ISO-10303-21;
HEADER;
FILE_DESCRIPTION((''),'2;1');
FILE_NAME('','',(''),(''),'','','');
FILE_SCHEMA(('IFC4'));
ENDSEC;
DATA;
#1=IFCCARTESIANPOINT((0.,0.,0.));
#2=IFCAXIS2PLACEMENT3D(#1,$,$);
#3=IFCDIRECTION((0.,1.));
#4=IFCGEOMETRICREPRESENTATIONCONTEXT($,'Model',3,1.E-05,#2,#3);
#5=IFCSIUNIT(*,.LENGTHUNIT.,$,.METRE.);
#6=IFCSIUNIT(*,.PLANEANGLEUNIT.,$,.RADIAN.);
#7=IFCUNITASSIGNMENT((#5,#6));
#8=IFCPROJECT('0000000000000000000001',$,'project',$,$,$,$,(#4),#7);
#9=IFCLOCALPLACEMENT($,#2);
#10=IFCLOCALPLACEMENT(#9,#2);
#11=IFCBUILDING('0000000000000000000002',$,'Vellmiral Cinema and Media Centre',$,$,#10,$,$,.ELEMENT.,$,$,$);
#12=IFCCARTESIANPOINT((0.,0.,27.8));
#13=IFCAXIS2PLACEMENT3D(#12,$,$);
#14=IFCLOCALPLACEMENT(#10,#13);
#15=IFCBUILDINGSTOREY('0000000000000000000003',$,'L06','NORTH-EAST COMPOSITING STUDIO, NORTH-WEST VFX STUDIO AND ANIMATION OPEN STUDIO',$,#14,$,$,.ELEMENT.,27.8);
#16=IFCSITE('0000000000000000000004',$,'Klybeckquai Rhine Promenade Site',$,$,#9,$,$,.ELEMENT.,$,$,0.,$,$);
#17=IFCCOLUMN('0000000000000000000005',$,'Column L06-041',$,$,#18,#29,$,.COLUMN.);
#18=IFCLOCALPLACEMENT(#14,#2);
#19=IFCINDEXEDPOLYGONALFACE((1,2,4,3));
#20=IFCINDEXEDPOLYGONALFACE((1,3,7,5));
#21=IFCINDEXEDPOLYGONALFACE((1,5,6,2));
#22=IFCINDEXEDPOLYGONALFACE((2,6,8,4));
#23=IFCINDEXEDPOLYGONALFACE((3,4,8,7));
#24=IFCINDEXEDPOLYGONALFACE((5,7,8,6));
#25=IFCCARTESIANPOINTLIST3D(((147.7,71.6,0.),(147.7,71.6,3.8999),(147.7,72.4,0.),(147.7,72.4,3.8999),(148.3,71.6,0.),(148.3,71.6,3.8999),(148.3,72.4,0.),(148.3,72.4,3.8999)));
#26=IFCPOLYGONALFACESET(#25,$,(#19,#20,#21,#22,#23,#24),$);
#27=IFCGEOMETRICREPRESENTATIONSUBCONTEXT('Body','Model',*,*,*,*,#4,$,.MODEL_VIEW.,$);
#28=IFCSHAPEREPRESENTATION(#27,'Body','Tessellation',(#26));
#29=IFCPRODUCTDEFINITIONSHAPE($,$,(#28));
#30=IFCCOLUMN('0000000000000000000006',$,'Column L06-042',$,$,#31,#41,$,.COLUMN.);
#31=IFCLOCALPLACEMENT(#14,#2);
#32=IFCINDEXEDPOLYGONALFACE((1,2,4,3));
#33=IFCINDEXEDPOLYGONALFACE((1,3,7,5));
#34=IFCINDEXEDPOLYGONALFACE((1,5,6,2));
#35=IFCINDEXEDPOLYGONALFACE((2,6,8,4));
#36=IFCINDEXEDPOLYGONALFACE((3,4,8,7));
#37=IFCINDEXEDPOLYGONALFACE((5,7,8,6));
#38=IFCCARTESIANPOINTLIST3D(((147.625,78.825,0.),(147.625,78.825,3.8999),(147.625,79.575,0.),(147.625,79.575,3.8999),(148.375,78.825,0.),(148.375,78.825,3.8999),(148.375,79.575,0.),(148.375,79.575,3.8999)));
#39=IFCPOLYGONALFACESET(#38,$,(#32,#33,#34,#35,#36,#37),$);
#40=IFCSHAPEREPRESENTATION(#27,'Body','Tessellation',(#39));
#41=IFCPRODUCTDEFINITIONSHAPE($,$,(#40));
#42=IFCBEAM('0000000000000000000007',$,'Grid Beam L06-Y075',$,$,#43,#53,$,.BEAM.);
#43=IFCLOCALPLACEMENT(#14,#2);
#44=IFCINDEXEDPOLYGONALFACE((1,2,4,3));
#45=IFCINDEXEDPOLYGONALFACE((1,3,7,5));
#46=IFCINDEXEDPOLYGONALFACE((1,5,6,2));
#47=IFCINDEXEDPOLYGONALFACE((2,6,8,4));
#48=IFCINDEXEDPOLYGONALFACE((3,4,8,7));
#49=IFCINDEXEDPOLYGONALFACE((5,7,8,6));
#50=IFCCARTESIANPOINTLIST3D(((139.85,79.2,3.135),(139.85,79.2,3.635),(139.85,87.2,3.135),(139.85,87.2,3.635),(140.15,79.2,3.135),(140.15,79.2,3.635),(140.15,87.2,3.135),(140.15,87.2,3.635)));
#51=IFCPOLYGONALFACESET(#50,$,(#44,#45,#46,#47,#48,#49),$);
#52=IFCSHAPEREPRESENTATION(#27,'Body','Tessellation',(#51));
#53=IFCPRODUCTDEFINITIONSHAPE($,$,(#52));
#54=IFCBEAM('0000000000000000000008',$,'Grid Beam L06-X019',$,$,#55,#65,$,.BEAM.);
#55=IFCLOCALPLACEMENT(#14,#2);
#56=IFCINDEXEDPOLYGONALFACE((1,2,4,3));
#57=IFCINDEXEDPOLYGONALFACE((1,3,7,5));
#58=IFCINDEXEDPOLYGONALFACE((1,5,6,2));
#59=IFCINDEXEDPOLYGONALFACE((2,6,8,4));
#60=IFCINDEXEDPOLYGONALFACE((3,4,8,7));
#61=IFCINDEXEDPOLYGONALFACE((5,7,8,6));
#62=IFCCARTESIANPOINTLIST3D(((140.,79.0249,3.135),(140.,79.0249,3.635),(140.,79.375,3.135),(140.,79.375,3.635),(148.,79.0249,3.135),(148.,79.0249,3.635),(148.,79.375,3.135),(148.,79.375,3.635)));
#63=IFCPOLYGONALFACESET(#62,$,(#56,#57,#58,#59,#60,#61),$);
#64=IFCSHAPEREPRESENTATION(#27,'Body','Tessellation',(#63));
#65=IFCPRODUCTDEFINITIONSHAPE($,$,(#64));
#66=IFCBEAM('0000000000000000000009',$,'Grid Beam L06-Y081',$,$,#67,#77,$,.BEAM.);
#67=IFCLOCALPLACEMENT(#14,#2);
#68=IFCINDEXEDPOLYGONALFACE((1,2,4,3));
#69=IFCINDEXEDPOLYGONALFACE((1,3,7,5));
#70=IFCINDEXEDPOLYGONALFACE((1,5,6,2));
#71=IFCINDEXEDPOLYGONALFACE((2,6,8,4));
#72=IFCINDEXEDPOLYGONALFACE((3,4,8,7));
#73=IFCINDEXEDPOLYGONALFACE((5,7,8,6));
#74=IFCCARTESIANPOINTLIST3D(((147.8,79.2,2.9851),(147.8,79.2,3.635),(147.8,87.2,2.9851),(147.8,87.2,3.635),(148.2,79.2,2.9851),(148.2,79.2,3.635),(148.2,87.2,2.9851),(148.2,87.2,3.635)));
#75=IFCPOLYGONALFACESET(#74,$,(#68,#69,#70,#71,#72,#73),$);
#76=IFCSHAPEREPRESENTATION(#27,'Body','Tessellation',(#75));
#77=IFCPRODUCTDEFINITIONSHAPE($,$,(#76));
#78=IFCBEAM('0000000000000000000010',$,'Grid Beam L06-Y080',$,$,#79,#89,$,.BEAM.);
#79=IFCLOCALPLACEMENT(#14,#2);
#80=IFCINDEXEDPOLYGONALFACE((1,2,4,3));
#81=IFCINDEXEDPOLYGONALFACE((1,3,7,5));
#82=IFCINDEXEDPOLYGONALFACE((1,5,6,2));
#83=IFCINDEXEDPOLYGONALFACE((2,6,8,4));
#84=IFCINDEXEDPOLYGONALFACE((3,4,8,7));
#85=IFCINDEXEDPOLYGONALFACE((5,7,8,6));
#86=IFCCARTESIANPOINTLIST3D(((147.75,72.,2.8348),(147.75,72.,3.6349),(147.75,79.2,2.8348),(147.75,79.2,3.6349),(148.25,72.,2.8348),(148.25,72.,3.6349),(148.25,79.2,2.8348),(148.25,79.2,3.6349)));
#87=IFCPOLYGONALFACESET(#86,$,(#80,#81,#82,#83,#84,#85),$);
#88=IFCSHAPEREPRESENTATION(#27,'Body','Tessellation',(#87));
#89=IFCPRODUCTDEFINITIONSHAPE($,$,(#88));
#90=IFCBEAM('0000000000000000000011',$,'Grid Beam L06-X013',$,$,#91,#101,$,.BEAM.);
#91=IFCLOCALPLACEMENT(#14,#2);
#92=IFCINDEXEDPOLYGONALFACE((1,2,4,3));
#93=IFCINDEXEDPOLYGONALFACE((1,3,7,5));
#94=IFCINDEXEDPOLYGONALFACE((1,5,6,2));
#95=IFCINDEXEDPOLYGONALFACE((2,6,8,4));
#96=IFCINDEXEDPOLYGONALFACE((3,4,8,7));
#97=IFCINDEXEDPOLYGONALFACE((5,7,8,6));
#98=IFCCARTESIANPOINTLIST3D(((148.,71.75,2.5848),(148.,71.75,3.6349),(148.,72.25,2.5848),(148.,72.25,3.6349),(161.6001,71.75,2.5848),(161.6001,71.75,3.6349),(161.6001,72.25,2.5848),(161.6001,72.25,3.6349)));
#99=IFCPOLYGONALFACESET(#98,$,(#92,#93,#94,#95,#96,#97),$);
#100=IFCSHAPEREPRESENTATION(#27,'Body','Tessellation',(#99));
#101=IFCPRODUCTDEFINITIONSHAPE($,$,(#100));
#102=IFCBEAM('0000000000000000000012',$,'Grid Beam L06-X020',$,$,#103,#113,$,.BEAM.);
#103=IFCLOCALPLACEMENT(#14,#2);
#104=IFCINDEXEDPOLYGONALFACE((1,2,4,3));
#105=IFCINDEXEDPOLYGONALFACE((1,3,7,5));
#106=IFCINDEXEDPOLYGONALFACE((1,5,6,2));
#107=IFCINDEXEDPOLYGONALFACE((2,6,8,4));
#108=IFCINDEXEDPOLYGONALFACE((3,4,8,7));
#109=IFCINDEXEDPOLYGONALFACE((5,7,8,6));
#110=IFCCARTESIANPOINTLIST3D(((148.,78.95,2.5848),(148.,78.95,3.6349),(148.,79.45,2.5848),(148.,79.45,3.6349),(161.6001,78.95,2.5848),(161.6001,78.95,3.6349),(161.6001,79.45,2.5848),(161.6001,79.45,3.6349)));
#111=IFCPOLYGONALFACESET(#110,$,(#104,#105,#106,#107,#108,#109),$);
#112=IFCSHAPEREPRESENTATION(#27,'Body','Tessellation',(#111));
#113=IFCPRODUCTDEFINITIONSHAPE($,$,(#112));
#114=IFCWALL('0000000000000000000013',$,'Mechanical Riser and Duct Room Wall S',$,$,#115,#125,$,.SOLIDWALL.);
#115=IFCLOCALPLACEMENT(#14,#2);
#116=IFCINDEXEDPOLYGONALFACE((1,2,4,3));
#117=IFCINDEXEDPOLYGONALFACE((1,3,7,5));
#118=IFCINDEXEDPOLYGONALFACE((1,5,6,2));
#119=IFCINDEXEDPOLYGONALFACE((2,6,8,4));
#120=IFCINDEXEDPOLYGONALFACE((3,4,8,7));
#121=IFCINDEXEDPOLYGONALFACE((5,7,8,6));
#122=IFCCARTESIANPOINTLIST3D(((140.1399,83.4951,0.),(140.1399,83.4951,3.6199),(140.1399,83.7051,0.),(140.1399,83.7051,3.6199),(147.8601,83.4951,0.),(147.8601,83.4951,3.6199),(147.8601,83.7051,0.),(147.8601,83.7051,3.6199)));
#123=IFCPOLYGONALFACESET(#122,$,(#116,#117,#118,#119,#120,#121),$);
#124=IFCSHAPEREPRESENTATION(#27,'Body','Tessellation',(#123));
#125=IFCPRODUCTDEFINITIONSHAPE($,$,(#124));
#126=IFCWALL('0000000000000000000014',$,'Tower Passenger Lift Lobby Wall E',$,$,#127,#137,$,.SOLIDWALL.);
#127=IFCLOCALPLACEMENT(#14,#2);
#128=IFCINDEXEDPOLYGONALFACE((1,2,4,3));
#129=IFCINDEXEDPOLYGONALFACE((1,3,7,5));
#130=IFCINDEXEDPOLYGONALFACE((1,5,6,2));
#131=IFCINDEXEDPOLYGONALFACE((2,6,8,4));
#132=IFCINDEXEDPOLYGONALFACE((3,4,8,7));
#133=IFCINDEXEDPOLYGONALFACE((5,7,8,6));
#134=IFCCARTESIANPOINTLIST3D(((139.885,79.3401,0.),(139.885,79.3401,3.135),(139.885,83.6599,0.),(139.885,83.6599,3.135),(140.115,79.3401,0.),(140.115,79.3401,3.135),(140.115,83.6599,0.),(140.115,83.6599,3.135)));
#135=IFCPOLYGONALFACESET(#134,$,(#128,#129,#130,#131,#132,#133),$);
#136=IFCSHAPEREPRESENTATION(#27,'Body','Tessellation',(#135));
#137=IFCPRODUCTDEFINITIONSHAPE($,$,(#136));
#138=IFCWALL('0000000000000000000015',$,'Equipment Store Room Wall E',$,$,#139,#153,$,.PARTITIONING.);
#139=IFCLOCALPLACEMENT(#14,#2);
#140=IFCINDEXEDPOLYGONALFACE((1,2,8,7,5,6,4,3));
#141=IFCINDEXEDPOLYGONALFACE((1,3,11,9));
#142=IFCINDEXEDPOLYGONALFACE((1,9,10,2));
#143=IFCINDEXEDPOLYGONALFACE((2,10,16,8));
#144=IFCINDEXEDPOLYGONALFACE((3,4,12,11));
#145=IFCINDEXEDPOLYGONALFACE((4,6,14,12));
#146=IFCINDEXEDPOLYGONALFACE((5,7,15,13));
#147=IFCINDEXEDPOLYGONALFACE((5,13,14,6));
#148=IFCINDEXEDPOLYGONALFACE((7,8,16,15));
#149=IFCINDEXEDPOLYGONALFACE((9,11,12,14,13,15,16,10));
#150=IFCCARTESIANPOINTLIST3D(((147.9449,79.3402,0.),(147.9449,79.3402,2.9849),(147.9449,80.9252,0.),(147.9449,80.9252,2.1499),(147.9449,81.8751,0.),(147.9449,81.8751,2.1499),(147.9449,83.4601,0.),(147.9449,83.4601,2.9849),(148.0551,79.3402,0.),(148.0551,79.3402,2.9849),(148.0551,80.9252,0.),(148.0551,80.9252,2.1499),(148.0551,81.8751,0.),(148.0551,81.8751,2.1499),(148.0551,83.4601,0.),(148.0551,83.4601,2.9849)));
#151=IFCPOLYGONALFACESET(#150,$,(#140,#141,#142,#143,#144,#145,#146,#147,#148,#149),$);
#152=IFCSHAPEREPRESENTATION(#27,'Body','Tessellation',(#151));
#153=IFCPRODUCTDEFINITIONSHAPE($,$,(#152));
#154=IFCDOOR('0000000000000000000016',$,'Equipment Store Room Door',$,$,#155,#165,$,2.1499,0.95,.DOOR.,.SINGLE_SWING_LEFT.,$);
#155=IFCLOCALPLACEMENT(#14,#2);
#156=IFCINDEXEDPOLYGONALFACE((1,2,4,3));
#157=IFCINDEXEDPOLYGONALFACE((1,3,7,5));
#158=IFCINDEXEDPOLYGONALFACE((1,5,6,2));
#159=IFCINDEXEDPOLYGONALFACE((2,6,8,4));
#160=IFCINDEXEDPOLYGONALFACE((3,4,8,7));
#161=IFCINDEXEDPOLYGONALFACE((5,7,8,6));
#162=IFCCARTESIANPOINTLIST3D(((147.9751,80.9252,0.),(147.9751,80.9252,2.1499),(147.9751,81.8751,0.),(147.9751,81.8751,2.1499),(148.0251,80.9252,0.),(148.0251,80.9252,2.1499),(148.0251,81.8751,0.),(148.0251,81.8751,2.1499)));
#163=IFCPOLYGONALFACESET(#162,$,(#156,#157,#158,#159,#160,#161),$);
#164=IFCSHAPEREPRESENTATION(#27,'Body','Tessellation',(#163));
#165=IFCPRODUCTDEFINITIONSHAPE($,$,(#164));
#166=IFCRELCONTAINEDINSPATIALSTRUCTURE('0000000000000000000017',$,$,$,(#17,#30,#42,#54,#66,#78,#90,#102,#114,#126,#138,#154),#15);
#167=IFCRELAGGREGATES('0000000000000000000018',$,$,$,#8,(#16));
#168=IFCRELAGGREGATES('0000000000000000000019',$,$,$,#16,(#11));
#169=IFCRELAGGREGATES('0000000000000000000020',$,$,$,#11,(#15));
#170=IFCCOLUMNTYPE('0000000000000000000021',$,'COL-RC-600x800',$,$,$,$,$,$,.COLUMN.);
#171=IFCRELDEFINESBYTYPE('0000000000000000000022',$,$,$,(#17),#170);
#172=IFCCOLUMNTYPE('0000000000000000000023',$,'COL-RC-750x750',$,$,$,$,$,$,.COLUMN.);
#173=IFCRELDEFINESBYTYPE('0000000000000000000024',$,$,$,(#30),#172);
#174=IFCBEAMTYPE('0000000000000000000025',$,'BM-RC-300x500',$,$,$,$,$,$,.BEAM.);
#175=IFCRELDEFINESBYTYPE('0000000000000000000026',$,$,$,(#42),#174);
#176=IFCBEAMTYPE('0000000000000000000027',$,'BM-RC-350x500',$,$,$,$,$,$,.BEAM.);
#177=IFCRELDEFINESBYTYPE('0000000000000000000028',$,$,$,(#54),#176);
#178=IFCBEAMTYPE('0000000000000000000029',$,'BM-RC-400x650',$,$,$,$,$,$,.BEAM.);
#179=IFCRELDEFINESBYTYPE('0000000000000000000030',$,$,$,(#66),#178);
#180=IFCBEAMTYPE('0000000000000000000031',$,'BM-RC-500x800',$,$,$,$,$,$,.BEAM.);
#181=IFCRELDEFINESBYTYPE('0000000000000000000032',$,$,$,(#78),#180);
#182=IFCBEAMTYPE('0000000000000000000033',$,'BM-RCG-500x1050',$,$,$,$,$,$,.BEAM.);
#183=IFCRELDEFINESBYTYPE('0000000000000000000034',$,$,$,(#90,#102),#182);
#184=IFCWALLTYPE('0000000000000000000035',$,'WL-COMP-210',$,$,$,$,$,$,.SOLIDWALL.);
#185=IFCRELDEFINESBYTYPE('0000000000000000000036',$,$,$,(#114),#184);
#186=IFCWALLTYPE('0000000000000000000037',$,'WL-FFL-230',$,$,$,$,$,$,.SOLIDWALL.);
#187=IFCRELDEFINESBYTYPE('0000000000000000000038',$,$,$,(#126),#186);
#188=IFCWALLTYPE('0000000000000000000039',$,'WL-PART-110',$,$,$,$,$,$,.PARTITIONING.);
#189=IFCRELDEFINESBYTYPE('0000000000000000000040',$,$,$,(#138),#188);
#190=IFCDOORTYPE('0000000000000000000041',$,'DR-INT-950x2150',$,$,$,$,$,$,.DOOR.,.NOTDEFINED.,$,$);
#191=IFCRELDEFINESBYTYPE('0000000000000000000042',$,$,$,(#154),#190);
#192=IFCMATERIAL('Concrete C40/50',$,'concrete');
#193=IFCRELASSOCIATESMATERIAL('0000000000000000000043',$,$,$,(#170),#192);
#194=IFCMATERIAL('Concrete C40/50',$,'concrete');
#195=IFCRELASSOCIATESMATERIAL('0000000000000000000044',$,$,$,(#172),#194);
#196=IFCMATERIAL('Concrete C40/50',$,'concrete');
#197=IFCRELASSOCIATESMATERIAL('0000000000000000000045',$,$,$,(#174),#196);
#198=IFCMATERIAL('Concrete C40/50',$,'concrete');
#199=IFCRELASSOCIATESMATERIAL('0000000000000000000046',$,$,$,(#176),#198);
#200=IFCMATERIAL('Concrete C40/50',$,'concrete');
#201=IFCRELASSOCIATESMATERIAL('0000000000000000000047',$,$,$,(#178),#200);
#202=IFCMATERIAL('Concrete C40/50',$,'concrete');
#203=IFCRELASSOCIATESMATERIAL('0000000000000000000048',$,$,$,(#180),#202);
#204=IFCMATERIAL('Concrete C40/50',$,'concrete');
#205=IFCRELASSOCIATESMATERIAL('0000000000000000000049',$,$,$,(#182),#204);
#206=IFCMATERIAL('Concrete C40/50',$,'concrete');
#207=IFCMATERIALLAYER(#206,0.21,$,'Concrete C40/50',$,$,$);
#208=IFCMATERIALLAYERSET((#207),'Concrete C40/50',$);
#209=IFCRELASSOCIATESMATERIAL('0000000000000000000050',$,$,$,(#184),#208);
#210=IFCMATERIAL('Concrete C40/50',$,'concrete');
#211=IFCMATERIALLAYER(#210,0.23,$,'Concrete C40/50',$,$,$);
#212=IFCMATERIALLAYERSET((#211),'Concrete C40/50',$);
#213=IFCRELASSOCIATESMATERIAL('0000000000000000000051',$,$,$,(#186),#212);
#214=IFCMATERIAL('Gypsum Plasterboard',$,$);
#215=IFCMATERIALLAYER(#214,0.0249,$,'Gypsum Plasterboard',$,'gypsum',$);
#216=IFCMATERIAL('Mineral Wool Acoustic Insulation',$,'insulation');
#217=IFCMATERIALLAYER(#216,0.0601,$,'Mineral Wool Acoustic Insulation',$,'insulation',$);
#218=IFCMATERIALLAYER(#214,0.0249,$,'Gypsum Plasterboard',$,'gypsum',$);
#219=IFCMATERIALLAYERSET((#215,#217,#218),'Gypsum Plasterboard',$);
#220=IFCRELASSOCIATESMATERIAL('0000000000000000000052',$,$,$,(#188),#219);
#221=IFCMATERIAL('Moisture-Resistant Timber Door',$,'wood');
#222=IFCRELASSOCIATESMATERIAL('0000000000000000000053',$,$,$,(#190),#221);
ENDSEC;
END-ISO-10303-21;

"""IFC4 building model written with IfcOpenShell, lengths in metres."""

from ifc_helpers import new_model, si_unit, direction, frame, frame_2d, origin, origin_2d, place, context, subcontext, project, spatial, rectangle, extrude, material, layer, layer_set, material_profile, profile_set, type_object, element, fill, save


model = new_model("IFC4")

# Units and contexts
model_context = context("Model", 3, precision=1e-05, world=origin(), true_north=direction((0.0, 1.0)))
body_context = subcontext(model_context, "Body", "Model", "MODEL_VIEW")
ifc_project = project(units=[si_unit("LENGTHUNIT", "METRE"), si_unit("PLANEANGLEUNIT", "RADIAN")], contexts=[model_context])

# Site, building, storey
site_placement = place(None, origin())
site = spatial("IfcSite", under=ifc_project, at=site_placement, Name="Klybeckquai Rhine Promenade Site", CompositionType="ELEMENT", RefElevation=0.0)
building_placement = place(site_placement, origin())
building = spatial("IfcBuilding", under=site, at=building_placement, Name="Vellmiral Cinema and Media Centre", CompositionType="ELEMENT")
storey_placement = place(building_placement, frame((0.0, 0.0, 27.8)))
storey = spatial("IfcBuildingStorey", under=building, at=storey_placement, Name="L06", Description="NORTH-EAST COMPOSITING STUDIO, NORTH-WEST VFX STUDIO AND ANIMATION OPEN STUDIO", CompositionType="ELEMENT", Elevation=27.8)

# Columns
ifc_material_1 = material(Name="Concrete C40/50", Category="concrete")
ifc_material_profile_1 = material_profile(ifc_material_1, rectangle(XDim=0.6001, YDim=0.8, at=origin_2d()), Name="RC 600x800")
ifc_profile_set_1 = profile_set([ifc_material_profile_1], Name="Concrete C40/50")
column_type_1 = type_object("IfcColumnType", Name="COL-RC-600x800", PredefinedType="COLUMN", material=ifc_profile_set_1)
column_1_placement = place(storey_placement, frame((148.0, 72.0, 0.0), z_axis=(0.0, 0.0, 1.0), x_axis=(1.0, 0.0, 0.0)))
element("IfcColumn", 1, at=column_1_placement, inside=storey, type_object=column_type_1, Name="Column L06-041", PredefinedType="COLUMN", context=body_context, shape_type="SweptSolid", body=[
    extrude(rectangle(XDim=0.6001, YDim=0.8, at=origin_2d()), origin(), (0.0, 0.0, 1.0), 3.8999),
])
ifc_material_2 = material(Name="Concrete C40/50", Category="concrete")
ifc_material_profile_2 = material_profile(ifc_material_2, rectangle(XDim=0.75, YDim=0.75, at=origin_2d()), Name="RC 750x750")
ifc_profile_set_2 = profile_set([ifc_material_profile_2], Name="Concrete C40/50")
column_type_2 = type_object("IfcColumnType", Name="COL-RC-750x750", PredefinedType="COLUMN", material=ifc_profile_set_2)
column_2_placement = place(storey_placement, frame((148.0, 79.2, 0.0), z_axis=(0.0, 0.0, 1.0), x_axis=(1.0, 0.0, 0.0)))
element("IfcColumn", 2, at=column_2_placement, inside=storey, type_object=column_type_2, Name="Column L06-042", PredefinedType="COLUMN", context=body_context, shape_type="SweptSolid", body=[
    extrude(rectangle(XDim=0.75, YDim=0.75, at=origin_2d()), origin(), (0.0, 0.0, 1.0), 3.8999),
])

# Beams
ifc_material_3 = material(Name="Concrete C40/50", Category="concrete")
ifc_material_profile_3 = material_profile(ifc_material_3, rectangle(XDim=0.3, YDim=0.5, at=origin_2d()), Name="RC 300x500")
ifc_profile_set_3 = profile_set([ifc_material_profile_3], Name="Concrete C40/50")
beam_type_1 = type_object("IfcBeamType", Name="BM-RC-300x500", PredefinedType="BEAM", material=ifc_profile_set_3)
beam_1_placement = place(storey_placement, frame((140.0, 79.2, 3.385), z_axis=(0.0, 1.0, 0.0), x_axis=(-1.0, 0.0, 0.0)))
element("IfcBeam", 3, at=beam_1_placement, inside=storey, type_object=beam_type_1, Name="Grid Beam L06-Y075", PredefinedType="BEAM", context=body_context, shape_type="SweptSolid", body=[
    extrude(rectangle(XDim=0.3, YDim=0.5, at=origin_2d()), origin(), (0.0, 0.0, 1.0), 8.0),
])
ifc_material_4 = material(Name="Concrete C40/50", Category="concrete")
ifc_material_profile_4 = material_profile(ifc_material_4, rectangle(XDim=0.3501, YDim=0.5, at=origin_2d()), Name="RC 350x500")
ifc_profile_set_4 = profile_set([ifc_material_profile_4], Name="Concrete C40/50")
beam_type_2 = type_object("IfcBeamType", Name="BM-RC-350x500", PredefinedType="BEAM", material=ifc_profile_set_4)
beam_2_placement = place(storey_placement, frame((140.0, 79.2, 3.385), z_axis=(1.0, 0.0, 0.0), x_axis=(0.0, 1.0, 0.0)))
element("IfcBeam", 4, at=beam_2_placement, inside=storey, type_object=beam_type_2, Name="Grid Beam L06-X019", PredefinedType="BEAM", context=body_context, shape_type="SweptSolid", body=[
    extrude(rectangle(XDim=0.3501, YDim=0.5, at=origin_2d()), origin(), (0.0, 0.0, 1.0), 8.0),
])
ifc_material_5 = material(Name="Concrete C40/50", Category="concrete")
ifc_material_profile_5 = material_profile(ifc_material_5, rectangle(XDim=0.3999, YDim=0.6499, at=origin_2d()), Name="RC 400x650")
ifc_profile_set_5 = profile_set([ifc_material_profile_5], Name="Concrete C40/50")
beam_type_3 = type_object("IfcBeamType", Name="BM-RC-400x650", PredefinedType="BEAM", material=ifc_profile_set_5)
beam_3_placement = place(storey_placement, frame((148.0, 79.2, 3.3101), z_axis=(0.0, 1.0, 0.0), x_axis=(-1.0, 0.0, 0.0)))
element("IfcBeam", 5, at=beam_3_placement, inside=storey, type_object=beam_type_3, Name="Grid Beam L06-Y081", PredefinedType="BEAM", context=body_context, shape_type="SweptSolid", body=[
    extrude(rectangle(XDim=0.3999, YDim=0.6499, at=origin_2d()), origin(), (0.0, 0.0, 1.0), 8.0),
])
ifc_material_6 = material(Name="Concrete C40/50", Category="concrete")
ifc_material_profile_6 = material_profile(ifc_material_6, rectangle(XDim=0.5, YDim=0.8, at=origin_2d()), Name="RC 500x800")
ifc_profile_set_6 = profile_set([ifc_material_profile_6], Name="Concrete C40/50")
beam_type_4 = type_object("IfcBeamType", Name="BM-RC-500x800", PredefinedType="BEAM", material=ifc_profile_set_6)
beam_4_placement = place(storey_placement, frame((148.0, 72.0, 3.2349), z_axis=(0.0, 1.0, 0.0), x_axis=(-1.0, 0.0, 0.0)))
element("IfcBeam", 6, at=beam_4_placement, inside=storey, type_object=beam_type_4, Name="Grid Beam L06-Y080", PredefinedType="BEAM", context=body_context, shape_type="SweptSolid", body=[
    extrude(rectangle(XDim=0.5, YDim=0.8, at=origin_2d()), origin(), (0.0, 0.0, 1.0), 7.2),
])
ifc_material_7 = material(Name="Concrete C40/50", Category="concrete")
ifc_material_profile_7 = material_profile(ifc_material_7, rectangle(XDim=0.5, YDim=1.05, at=origin_2d()), Name="RC 500x1050")
ifc_profile_set_7 = profile_set([ifc_material_profile_7], Name="Concrete C40/50")
beam_type_5 = type_object("IfcBeamType", Name="BM-RCG-500x1050", PredefinedType="BEAM", material=ifc_profile_set_7)
for number, where, z_axis, x_axis, name in (
    (7, (148.0, 72.0, 3.1099), (1.0, 0.0, 0.0), (0.0, 1.0, 0.0), "Grid Beam L06-X013"),
    (8, (148.0, 79.2, 3.1099), (1.0, 0.0, 0.0), (0.0, 1.0, 0.0), "Grid Beam L06-X020"),
):
    element("IfcBeam", number, at=place(storey_placement, frame(where, z_axis=z_axis, x_axis=x_axis)), inside=storey, type_object=beam_type_5, Name=name, PredefinedType="BEAM", context=body_context, shape_type="SweptSolid", body=[
        extrude(rectangle(XDim=0.5, YDim=1.05, at=origin_2d()), origin(), (0.0, 0.0, 1.0), 13.6001),
    ])

# Walls
ifc_material_8 = material(Name="Concrete C40/50", Category="concrete")
ifc_layer_1 = layer(ifc_material_8, 0.21, Name="Concrete C40/50")
ifc_layer_set_1 = layer_set([ifc_layer_1], Name="Concrete C40/50")
wall_type_1 = type_object("IfcWallType", Name="WL-COMP-210", PredefinedType="SOLIDWALL", material=ifc_layer_set_1)
wall_1_placement = place(storey_placement, frame((140.1399, 83.6001, 0.0), z_axis=(0.0, 0.0, 1.0), x_axis=(1.0, 0.0, 0.0)))
element("IfcWall", 9, at=wall_1_placement, inside=storey, type_object=wall_type_1, Name="Mechanical Riser and Duct Room Wall S", PredefinedType="SOLIDWALL", context=body_context, shape_type="SweptSolid", body=[
    extrude(rectangle(XDim=7.7202, YDim=0.21, at=frame_2d((3.8601, 0.0))), origin(), (0.0, 0.0, 1.0), 3.6199),
])
ifc_material_9 = material(Name="Concrete C40/50", Category="concrete")
ifc_layer_2 = layer(ifc_material_9, 0.23, Name="Concrete C40/50")
ifc_layer_set_2 = layer_set([ifc_layer_2], Name="Concrete C40/50")
wall_type_2 = type_object("IfcWallType", Name="WL-FFL-230", PredefinedType="SOLIDWALL", material=ifc_layer_set_2)
wall_2_placement = place(storey_placement, frame((140.0, 79.3401, 0.0), z_axis=(0.0, 0.0, 1.0), x_axis=(0.0, 1.0, 0.0)))
element("IfcWall", 10, at=wall_2_placement, inside=storey, type_object=wall_type_2, Name="Tower Passenger Lift Lobby Wall E", PredefinedType="SOLIDWALL", context=body_context, shape_type="SweptSolid", body=[
    extrude(rectangle(XDim=4.3198, YDim=0.23, at=frame_2d((2.1599, 0.0))), origin(), (0.0, 0.0, 1.0), 3.135),
])

# Wall, opening, door
ifc_material_10 = material(Name="Gypsum Plasterboard")
ifc_layer_3 = layer(ifc_material_10, 0.0249, Name="Gypsum Plasterboard", Category="gypsum")
ifc_material_11 = material(Name="Mineral Wool Acoustic Insulation", Category="insulation")
ifc_layer_4 = layer(ifc_material_11, 0.0601, Name="Mineral Wool Acoustic Insulation", Category="insulation")
ifc_layer_5 = layer(ifc_material_10, 0.0249, Name="Gypsum Plasterboard", Category="gypsum")
ifc_layer_set_3 = layer_set([ifc_layer_3, ifc_layer_4, ifc_layer_5], Name="Gypsum Plasterboard")
wall_type_3 = type_object("IfcWallType", Name="WL-PART-110", PredefinedType="PARTITIONING", material=ifc_layer_set_3)
wall_3_placement = place(storey_placement, frame((148.0, 79.3401, 0.0), z_axis=(0.0, 0.0, 1.0), x_axis=(0.0, 1.0, 0.0)))
wall_3 = element("IfcWall", 11, at=wall_3_placement, inside=storey, type_object=wall_type_3, Name="Equipment Store Room Wall E", PredefinedType="PARTITIONING", context=body_context, shape_type="SweptSolid", body=[
    extrude(rectangle(XDim=4.1199, YDim=0.1101, at=frame_2d((2.0601, 0.0))), origin(), (0.0, 0.0, 1.0), 2.9849),
])
opening_1_placement = place(wall_3_placement, frame((1.585, 0.0, 0.0)))
opening_1 = element("IfcOpeningElement", 12, at=opening_1_placement, cuts=wall_3, PredefinedType="OPENING", context=body_context, shape_type="SweptSolid", body=[
    extrude(rectangle(XDim=0.95, YDim=2.1499, at=frame_2d((0.4751, 1.075))), frame((0.0, 0.0669, 0.0), z_axis=(0.0, -1.0, 0.0), x_axis=(1.0, 0.0, 0.0)), (0.0, 0.0, 1.0), 0.134),
])
ifc_material_12 = material(Name="Moisture-Resistant Timber Door", Category="wood")
door_type_1 = type_object("IfcDoorType", Name="DR-INT-950x2150", OperationType="NOTDEFINED", PredefinedType="DOOR", material=ifc_material_12)
door_1_placement = place(opening_1_placement, origin())
door_1 = element("IfcDoor", 13, at=door_1_placement, inside=storey, type_object=door_type_1, Name="Equipment Store Room Door", OperationType="SINGLE_SWING_LEFT", OverallHeight=2.1499, OverallWidth=0.95, PredefinedType="DOOR", context=body_context, shape_type="SweptSolid", body=[
    extrude(rectangle(XDim=0.95, YDim=2.1499, at=frame_2d((0.4751, 1.075))), frame((0.0, 0.0249, 0.0), z_axis=(0.0, -1.0, 0.0), x_axis=(1.0, 0.0, 0.0)), (0.0, 0.0, 1.0), 0.05),
])
fill(opening_1, door_1)

save(model, "model.ifc")
